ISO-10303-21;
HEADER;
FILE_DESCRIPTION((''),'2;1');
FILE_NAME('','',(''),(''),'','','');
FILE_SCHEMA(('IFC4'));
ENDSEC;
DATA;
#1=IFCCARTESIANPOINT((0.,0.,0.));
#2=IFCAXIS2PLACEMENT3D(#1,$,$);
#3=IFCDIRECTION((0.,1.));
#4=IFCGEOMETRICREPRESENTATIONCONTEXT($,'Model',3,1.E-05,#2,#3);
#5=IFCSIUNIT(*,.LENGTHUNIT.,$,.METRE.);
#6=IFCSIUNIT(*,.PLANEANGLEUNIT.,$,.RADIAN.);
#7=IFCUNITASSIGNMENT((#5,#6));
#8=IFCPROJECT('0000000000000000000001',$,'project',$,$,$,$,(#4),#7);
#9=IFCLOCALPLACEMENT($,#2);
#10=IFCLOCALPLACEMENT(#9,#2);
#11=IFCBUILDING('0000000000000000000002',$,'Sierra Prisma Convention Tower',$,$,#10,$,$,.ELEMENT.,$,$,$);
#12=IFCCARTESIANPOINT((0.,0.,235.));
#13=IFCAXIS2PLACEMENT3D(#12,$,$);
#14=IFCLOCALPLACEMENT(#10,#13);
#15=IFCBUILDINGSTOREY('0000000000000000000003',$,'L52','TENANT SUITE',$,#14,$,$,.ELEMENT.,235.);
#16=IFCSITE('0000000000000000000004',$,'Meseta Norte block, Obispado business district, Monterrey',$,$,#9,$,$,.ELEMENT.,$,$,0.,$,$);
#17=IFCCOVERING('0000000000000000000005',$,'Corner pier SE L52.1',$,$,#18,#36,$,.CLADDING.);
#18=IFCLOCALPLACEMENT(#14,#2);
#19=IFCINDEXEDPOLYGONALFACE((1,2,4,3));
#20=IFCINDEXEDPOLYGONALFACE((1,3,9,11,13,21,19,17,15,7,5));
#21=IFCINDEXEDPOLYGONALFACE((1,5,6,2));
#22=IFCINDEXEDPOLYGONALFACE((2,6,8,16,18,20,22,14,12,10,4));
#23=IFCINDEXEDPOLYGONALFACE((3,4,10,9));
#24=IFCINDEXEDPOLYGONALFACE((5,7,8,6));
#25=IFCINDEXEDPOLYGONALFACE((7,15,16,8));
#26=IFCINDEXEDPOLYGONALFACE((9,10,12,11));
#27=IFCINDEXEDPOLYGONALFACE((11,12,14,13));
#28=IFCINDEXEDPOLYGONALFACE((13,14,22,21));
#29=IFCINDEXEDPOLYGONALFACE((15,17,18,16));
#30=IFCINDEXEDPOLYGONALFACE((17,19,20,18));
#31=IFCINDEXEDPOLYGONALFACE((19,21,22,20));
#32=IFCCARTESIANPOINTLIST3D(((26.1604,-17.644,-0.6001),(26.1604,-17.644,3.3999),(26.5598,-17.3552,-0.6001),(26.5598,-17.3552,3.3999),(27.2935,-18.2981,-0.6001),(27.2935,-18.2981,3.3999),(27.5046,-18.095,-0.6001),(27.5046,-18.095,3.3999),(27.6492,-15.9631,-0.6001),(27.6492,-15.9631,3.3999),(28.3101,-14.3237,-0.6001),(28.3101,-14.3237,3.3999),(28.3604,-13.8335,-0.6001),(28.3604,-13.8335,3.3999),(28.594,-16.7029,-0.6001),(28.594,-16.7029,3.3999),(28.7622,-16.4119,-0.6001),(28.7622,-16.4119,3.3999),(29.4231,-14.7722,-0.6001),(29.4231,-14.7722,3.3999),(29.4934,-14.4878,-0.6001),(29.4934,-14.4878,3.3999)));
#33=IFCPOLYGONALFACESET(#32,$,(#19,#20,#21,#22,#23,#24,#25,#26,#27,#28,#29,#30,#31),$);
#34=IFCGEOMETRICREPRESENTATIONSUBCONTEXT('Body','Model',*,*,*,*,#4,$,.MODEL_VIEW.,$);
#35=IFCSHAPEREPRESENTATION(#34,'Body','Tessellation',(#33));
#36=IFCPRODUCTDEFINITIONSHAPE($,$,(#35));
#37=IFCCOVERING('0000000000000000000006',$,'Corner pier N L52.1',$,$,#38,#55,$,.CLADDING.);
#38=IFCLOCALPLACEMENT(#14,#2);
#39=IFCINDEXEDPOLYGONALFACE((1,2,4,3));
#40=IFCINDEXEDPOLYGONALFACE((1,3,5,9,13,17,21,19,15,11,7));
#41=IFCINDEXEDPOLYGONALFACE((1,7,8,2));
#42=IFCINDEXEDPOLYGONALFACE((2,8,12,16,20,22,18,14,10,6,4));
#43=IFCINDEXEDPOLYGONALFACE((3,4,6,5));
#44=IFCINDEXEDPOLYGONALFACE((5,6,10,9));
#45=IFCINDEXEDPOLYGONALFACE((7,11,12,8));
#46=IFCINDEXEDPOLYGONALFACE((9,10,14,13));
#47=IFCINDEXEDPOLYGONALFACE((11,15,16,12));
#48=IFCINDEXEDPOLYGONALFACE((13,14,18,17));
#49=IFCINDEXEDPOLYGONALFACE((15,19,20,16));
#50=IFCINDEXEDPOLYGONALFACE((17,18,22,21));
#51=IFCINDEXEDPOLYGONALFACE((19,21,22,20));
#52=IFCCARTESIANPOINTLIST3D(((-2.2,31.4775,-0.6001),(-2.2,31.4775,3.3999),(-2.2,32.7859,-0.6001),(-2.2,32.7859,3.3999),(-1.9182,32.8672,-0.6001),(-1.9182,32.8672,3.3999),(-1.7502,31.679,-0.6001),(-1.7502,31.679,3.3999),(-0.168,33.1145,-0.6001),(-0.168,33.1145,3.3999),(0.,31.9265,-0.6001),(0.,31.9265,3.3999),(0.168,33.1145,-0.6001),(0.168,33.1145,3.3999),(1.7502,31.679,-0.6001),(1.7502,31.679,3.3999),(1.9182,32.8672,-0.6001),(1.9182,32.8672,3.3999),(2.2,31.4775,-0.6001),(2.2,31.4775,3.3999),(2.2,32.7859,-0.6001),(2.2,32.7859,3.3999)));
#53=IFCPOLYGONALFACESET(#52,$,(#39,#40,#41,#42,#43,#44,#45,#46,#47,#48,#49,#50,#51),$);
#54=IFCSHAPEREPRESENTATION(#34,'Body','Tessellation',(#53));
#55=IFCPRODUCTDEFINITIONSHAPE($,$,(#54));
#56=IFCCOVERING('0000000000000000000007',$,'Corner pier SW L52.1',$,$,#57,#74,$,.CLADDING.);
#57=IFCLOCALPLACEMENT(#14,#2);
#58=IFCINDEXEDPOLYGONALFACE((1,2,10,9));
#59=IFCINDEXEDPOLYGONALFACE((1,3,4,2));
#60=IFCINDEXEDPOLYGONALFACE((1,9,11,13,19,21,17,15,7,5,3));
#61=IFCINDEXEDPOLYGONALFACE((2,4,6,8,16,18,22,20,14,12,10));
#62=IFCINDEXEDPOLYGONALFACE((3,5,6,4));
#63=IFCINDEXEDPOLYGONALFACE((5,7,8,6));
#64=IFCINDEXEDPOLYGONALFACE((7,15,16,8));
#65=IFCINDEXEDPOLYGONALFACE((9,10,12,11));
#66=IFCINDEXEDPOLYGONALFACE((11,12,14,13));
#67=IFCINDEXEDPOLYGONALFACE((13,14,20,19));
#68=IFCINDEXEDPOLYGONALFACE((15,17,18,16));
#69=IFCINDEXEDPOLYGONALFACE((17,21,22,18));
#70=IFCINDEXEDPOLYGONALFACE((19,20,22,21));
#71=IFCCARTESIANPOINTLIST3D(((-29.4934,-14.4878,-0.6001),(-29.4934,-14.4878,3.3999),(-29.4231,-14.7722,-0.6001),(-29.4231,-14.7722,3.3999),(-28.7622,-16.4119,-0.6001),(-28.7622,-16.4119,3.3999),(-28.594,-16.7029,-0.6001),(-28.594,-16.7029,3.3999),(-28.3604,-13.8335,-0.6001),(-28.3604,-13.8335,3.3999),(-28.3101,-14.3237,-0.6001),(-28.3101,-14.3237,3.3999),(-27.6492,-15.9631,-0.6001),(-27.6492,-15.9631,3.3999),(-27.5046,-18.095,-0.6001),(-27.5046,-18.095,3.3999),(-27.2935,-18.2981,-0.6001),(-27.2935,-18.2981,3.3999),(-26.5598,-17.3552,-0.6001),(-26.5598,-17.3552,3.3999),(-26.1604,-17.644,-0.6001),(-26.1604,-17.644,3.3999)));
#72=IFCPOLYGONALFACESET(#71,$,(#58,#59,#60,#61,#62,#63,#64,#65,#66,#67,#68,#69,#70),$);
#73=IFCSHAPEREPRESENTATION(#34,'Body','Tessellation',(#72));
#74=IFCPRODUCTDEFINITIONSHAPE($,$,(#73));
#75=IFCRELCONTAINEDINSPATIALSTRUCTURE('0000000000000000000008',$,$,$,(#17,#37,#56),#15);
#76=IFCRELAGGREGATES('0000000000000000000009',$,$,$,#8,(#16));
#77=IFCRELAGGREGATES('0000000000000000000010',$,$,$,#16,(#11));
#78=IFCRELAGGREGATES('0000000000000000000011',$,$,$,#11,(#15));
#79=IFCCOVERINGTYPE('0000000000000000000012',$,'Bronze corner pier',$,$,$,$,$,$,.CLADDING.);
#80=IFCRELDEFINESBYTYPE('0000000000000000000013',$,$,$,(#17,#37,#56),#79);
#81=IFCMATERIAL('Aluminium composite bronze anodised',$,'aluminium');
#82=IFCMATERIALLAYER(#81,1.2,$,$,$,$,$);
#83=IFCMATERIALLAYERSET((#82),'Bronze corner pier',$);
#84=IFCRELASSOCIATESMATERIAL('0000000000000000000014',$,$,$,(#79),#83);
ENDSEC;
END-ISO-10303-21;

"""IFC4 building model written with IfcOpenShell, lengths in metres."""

from ifc_helpers import new_model, si_unit, direction, frame, origin, place, context, subcontext, project, spatial, polyline, outline, extrude, material, layer, layer_set, type_object, element, save


model = new_model("IFC4")

# Units and contexts
model_context = context("Model", 3, precision=1e-05, world=origin(), true_north=direction((0.0, 1.0)))
body_context = subcontext(model_context, "Body", "Model", "MODEL_VIEW")
ifc_project = project(units=[si_unit("LENGTHUNIT", "METRE"), si_unit("PLANEANGLEUNIT", "RADIAN")], contexts=[model_context])

# Site, building, storey
site_placement = place(None, origin())
site = spatial("IfcSite", under=ifc_project, at=site_placement, Name="Meseta Norte block, Obispado business district, Monterrey", CompositionType="ELEMENT", RefElevation=0.0)
building_placement = place(site_placement, origin())
building = spatial("IfcBuilding", under=site, at=building_placement, Name="Sierra Prisma Convention Tower", CompositionType="ELEMENT")
storey_placement = place(building_placement, frame((0.0, 0.0, 235.0)))
storey = spatial("IfcBuildingStorey", under=building, at=storey_placement, Name="L52", Description="TENANT SUITE", CompositionType="ELEMENT", Elevation=235.0)

# Coverings
ifc_material_1 = material(Name="Aluminium composite bronze anodised", Category="aluminium")
ifc_layer_1 = layer(ifc_material_1, 1.2)
ifc_layer_set_1 = layer_set([ifc_layer_1], Name="Bronze corner pier")
covering_type = type_object("IfcCoveringType", Name="Bronze corner pier", PredefinedType="CLADDING", material=ifc_layer_set_1)
covering_1_placement = place(storey_placement, frame((0.0, 0.0, -0.6001)))
element("IfcCovering", 1, at=covering_1_placement, inside=storey, type_object=covering_type, Name="Corner pier SE L52.1", PredefinedType="CLADDING", context=body_context, shape_type="SweptSolid", body=[
    extrude(outline(polyline([(29.4231, -14.7722), (28.7622, -16.4119), (28.594, -16.7029), (27.5046, -18.095), (27.2935, -18.2981), (26.1604, -17.644), (26.5598, -17.3552), (27.6492, -15.9631), (28.3101, -14.3237), (28.3604, -13.8335), (29.4934, -14.4878), (29.4231, -14.7722)])), origin(), (0.0, 0.0, 1.0), 4.0),
])
covering_2_placement = place(storey_placement, frame((0.0, 0.0, -0.6001)))
element("IfcCovering", 2, at=covering_2_placement, inside=storey, type_object=covering_type, Name="Corner pier N L52.1", PredefinedType="CLADDING", context=body_context, shape_type="SweptSolid", body=[
    extrude(outline(polyline([(-1.9182, 32.8672), (-0.168, 33.1145), (0.168, 33.1145), (1.9182, 32.8672), (2.2, 32.7859), (2.2, 31.4775), (1.7502, 31.679), (0.0, 31.9265), (-1.7502, 31.679), (-2.2, 31.4775), (-2.2, 32.7859), (-1.9182, 32.8672)])), origin(), (0.0, 0.0, 1.0), 4.0),
])
covering_3_placement = place(storey_placement, frame((0.0, 0.0, -0.6001)))
element("IfcCovering", 3, at=covering_3_placement, inside=storey, type_object=covering_type, Name="Corner pier SW L52.1", PredefinedType="CLADDING", context=body_context, shape_type="SweptSolid", body=[
    extrude(outline(polyline([(-27.5046, -18.095), (-28.594, -16.7029), (-28.7622, -16.4119), (-29.4231, -14.7722), (-29.4934, -14.4878), (-28.3604, -13.8335), (-28.3101, -14.3237), (-27.6492, -15.9631), (-26.5598, -17.3552), (-26.1604, -17.644), (-27.2935, -18.2981), (-27.5046, -18.095)])), origin(), (0.0, 0.0, 1.0), 4.0),
])

save(model, "model.ifc")
